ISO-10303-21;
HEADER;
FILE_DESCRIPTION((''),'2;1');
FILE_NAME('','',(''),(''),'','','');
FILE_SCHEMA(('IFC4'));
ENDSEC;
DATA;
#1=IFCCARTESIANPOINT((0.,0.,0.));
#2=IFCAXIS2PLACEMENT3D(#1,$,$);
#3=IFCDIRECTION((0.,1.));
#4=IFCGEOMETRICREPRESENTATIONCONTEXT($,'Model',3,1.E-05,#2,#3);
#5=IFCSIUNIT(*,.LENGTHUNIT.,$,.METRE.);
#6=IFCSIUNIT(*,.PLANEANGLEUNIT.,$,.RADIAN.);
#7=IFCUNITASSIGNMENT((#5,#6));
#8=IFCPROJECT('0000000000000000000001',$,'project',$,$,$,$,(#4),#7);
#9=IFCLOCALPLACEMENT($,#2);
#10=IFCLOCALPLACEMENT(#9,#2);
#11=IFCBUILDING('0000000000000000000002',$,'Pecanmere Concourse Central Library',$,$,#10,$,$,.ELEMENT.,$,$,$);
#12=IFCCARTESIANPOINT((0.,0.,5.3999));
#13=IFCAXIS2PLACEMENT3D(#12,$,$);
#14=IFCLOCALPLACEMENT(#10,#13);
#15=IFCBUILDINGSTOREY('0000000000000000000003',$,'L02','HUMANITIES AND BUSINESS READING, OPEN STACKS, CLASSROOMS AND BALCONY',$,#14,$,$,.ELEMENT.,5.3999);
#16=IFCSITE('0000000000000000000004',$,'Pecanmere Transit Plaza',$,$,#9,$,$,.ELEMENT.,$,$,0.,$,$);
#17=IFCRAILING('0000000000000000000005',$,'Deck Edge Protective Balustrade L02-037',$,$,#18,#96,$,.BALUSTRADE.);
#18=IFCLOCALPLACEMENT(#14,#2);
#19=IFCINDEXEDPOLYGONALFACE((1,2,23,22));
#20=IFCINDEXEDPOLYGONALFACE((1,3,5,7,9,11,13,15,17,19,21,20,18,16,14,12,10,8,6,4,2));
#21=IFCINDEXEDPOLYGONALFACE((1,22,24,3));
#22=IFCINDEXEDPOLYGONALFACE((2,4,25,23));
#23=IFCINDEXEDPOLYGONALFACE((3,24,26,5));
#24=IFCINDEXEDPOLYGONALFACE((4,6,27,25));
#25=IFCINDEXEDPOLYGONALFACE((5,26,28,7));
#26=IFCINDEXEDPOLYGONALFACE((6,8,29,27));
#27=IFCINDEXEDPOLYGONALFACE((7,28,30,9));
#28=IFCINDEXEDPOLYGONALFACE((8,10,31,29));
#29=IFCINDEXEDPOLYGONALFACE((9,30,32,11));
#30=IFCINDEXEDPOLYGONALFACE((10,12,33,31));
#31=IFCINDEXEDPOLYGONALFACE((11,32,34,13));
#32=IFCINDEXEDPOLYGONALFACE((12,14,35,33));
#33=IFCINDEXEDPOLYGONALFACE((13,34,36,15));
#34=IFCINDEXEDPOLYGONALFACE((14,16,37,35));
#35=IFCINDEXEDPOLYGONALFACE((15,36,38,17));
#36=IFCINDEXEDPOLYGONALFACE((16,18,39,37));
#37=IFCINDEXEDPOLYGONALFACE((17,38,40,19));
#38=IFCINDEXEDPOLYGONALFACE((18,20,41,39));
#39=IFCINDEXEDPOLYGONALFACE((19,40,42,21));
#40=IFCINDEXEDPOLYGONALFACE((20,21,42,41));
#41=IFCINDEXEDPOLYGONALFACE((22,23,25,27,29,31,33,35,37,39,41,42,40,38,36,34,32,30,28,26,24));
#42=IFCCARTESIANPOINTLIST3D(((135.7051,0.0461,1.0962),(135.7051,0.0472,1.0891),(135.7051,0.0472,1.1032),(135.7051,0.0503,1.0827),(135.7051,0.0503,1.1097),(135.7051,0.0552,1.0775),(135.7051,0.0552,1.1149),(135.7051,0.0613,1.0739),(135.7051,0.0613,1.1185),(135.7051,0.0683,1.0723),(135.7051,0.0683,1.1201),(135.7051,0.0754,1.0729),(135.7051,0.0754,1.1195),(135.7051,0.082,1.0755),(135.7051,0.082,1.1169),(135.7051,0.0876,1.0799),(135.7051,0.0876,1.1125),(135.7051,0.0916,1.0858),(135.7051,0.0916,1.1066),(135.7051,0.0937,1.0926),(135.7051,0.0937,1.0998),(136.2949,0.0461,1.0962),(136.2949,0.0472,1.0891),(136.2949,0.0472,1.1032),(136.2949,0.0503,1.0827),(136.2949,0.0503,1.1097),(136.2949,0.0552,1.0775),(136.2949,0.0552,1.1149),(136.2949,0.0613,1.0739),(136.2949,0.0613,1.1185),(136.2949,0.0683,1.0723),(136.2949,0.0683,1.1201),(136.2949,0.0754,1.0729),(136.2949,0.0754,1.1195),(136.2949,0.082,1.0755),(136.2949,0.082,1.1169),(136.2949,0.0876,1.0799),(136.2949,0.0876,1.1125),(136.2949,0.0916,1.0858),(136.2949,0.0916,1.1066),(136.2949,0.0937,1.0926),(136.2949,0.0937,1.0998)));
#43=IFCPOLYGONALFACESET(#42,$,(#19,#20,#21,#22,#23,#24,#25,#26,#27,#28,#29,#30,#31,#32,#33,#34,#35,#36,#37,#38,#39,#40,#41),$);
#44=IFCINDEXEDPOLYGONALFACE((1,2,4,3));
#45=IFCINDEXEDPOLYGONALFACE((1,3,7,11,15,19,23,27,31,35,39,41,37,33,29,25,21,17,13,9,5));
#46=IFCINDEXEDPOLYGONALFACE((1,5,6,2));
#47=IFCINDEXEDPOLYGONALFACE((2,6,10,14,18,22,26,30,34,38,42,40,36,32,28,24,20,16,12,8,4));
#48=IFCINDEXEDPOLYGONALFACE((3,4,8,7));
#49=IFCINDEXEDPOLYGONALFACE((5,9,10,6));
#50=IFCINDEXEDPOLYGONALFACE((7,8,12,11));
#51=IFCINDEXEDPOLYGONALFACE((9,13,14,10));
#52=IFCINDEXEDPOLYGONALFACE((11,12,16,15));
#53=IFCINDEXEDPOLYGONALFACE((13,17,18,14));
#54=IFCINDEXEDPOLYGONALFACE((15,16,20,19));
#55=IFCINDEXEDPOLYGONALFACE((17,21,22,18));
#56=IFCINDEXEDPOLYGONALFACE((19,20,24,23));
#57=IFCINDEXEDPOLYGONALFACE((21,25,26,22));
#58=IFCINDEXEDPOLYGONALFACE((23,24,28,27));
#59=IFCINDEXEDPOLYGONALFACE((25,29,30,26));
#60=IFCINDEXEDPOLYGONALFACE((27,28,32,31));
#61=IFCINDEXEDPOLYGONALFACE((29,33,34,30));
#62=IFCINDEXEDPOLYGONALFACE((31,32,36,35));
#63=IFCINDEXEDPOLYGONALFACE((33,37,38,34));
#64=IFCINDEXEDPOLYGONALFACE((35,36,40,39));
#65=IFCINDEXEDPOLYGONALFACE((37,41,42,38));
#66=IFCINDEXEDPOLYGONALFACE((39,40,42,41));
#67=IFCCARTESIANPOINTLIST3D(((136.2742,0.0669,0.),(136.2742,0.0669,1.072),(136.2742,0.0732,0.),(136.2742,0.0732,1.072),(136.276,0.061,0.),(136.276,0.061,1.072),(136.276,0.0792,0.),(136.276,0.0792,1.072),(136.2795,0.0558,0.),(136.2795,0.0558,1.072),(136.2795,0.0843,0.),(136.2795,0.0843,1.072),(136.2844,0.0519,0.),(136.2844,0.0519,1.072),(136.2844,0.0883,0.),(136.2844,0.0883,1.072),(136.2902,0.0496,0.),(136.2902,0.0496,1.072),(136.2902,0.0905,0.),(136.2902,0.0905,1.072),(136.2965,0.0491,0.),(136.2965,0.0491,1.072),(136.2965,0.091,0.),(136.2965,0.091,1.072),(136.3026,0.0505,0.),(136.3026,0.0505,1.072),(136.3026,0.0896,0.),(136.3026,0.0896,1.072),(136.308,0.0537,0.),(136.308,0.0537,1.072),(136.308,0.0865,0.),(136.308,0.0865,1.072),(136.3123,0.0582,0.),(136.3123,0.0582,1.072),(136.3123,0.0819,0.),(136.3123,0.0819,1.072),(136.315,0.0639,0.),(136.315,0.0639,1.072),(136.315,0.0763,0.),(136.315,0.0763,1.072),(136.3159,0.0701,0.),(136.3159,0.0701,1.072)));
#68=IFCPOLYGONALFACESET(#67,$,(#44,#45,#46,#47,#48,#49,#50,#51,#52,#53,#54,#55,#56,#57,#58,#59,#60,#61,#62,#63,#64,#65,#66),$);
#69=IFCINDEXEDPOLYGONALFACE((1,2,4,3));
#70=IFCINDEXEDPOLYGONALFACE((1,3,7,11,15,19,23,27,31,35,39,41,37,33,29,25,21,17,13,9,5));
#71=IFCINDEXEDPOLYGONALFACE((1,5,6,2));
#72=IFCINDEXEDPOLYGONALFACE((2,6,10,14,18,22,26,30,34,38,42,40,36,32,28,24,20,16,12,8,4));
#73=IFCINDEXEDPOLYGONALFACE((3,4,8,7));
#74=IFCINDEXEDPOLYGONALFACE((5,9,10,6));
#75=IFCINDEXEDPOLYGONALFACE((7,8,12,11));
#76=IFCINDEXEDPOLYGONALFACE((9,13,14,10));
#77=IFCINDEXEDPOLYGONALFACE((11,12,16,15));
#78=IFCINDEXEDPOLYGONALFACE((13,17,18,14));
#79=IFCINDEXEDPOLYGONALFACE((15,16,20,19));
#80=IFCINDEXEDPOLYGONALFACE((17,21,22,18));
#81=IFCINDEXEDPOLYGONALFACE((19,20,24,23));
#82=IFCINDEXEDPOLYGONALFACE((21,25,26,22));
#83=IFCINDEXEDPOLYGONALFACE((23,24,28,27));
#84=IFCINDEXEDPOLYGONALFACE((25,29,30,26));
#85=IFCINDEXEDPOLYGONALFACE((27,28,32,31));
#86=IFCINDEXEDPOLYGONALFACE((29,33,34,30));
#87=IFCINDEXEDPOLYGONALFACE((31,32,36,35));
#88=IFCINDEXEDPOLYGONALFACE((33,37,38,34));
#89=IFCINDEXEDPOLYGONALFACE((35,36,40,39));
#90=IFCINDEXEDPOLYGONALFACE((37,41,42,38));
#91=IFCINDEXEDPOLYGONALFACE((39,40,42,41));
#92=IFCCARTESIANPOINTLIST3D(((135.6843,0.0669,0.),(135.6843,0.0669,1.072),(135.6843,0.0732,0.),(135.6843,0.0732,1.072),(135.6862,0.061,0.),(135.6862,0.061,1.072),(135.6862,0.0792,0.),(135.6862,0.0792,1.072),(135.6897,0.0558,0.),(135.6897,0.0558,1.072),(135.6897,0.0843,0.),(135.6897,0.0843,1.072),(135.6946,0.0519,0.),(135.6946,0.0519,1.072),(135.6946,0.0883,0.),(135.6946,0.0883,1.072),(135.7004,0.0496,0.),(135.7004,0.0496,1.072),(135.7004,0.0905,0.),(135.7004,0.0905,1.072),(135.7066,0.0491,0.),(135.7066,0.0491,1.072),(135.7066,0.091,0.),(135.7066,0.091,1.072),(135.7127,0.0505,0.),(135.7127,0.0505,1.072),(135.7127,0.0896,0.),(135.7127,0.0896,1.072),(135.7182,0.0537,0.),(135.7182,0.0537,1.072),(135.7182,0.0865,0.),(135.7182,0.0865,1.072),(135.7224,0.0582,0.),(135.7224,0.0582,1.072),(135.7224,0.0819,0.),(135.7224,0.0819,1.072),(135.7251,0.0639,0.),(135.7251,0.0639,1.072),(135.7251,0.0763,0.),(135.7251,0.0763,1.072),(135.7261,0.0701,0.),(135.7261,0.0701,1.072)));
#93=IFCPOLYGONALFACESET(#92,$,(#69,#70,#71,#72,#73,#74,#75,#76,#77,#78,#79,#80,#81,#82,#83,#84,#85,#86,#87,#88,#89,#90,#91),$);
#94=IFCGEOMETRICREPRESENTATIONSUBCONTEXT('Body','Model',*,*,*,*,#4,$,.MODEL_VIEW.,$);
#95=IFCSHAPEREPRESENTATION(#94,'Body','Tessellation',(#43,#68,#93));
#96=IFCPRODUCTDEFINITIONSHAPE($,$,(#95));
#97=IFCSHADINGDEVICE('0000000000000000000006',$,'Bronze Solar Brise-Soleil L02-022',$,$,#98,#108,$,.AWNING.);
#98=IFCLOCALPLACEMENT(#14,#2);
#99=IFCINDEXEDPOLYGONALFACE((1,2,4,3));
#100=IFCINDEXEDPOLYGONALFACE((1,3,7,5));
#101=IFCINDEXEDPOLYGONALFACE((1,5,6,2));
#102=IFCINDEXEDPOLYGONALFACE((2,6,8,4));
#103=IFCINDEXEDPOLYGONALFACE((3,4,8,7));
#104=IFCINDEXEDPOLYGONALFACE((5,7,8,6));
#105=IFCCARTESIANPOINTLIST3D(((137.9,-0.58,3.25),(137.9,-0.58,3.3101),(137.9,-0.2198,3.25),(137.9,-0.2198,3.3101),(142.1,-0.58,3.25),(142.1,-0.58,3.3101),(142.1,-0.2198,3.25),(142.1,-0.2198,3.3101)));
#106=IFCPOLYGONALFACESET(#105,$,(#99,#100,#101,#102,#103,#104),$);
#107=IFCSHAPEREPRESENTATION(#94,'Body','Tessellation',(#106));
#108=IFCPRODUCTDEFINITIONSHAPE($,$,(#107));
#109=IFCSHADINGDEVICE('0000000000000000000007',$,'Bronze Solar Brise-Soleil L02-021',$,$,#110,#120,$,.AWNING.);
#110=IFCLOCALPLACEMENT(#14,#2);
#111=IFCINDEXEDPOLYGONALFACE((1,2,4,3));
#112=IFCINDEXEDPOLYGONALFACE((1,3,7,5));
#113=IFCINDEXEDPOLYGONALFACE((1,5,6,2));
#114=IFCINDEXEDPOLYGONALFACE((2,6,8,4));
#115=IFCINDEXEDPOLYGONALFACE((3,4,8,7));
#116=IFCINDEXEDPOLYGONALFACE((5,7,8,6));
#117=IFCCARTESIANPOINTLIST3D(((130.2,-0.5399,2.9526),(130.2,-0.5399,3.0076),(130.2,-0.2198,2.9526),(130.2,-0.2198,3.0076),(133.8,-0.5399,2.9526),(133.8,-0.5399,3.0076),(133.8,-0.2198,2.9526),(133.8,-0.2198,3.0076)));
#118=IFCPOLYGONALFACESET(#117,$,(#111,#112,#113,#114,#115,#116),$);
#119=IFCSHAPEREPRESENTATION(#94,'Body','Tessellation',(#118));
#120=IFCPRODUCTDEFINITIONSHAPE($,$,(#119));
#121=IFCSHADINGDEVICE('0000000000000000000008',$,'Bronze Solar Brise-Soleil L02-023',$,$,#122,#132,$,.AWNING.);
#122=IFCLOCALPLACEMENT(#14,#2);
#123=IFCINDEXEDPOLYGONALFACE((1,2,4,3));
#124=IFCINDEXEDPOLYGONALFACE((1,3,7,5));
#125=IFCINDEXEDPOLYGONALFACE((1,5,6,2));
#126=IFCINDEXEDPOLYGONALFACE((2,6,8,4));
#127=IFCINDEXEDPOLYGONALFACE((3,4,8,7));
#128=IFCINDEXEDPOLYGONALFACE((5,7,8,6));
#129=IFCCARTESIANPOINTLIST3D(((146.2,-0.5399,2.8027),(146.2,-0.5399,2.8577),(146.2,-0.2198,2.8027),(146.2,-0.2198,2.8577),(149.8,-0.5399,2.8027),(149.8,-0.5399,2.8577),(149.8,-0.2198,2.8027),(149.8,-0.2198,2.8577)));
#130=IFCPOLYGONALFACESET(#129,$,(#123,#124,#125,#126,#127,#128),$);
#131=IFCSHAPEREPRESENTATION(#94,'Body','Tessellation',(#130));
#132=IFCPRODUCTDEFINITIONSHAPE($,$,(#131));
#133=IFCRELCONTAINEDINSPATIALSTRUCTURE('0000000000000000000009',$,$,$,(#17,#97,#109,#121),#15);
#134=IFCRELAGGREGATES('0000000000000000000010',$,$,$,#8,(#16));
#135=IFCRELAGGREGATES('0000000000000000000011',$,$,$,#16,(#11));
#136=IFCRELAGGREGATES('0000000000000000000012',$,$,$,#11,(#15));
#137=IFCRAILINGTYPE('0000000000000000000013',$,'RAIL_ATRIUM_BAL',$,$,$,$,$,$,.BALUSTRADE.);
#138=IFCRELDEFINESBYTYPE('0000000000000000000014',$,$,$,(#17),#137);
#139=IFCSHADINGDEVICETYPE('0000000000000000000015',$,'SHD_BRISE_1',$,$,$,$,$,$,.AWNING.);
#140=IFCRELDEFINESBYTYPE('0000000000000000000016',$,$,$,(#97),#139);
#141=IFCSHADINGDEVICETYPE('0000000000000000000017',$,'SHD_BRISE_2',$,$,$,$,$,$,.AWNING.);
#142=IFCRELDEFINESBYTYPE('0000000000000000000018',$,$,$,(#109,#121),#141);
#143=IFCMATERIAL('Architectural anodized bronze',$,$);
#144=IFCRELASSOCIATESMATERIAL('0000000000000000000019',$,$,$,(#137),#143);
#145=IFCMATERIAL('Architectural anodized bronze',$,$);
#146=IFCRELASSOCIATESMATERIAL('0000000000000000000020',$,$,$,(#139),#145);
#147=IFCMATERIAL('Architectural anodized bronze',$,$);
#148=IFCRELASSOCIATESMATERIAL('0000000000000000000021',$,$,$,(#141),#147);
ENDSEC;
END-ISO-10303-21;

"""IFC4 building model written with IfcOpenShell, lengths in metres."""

from ifc_helpers import new_model, si_unit, direction, frame, origin, origin_2d, place, context, subcontext, project, spatial, rectangle, circle, extrude, material, type_object, element, save


model = new_model("IFC4")

# Units and contexts
model_context = context("Model", 3, precision=1e-05, world=origin(), true_north=direction((0.0, 1.0)))
body_context = subcontext(model_context, "Body", "Model", "MODEL_VIEW")
ifc_project = project(units=[si_unit("LENGTHUNIT", "METRE"), si_unit("PLANEANGLEUNIT", "RADIAN")], contexts=[model_context])

# Site, building, storey
site_placement = place(None, origin())
site = spatial("IfcSite", under=ifc_project, at=site_placement, Name="Pecanmere Transit Plaza", CompositionType="ELEMENT", RefElevation=0.0)
building_placement = place(site_placement, origin())
building = spatial("IfcBuilding", under=site, at=building_placement, Name="Pecanmere Concourse Central Library", CompositionType="ELEMENT")
storey_placement = place(building_placement, frame((0.0, 0.0, 5.3999)))
storey = spatial("IfcBuildingStorey", under=building, at=storey_placement, Name="L02", Description="HUMANITIES AND BUSINESS READING, OPEN STACKS, CLASSROOMS AND BALCONY", CompositionType="ELEMENT", Elevation=5.3999)

# Railing
ifc_material_1 = material(Name="Architectural anodized bronze")
railing_type = type_object("IfcRailingType", Name="RAIL_ATRIUM_BAL", PredefinedType="BALUSTRADE", material=ifc_material_1)
for number, where, name in (
    (1, (136.2949, 0.0701, 0.0), "Deck Edge Protective Balustrade L02-037"),
):
    element("IfcRailing", number, at=place(storey_placement, frame(where)), inside=storey, type_object=railing_type, Name=name, PredefinedType="BALUSTRADE", context=body_context, shape_type="SweptSolid", body=[
        extrude(circle(Radius=0.0239, at=origin_2d()), frame((0.0, 0.0, 1.0962), z_axis=(-1.0, 0.0, 0.0), x_axis=(0.0, -1.0, 0.0)), (0.0, 0.0, 1.0), 0.5898),
        extrude(circle(Radius=0.021, at=origin_2d()), origin(), (0.0, 0.0, 1.0), 1.072),
        extrude(circle(Radius=0.021, at=origin_2d()), frame((-0.5898, 0.0, 0.0)), (0.0, 0.0, 1.0), 1.072),
    ])

# Shading devices
ifc_material_2 = material(Name="Architectural anodized bronze")
shading_device_type_1 = type_object("IfcShadingDeviceType", Name="SHD_BRISE_1", PredefinedType="AWNING", material=ifc_material_2)
shading_device_placement = place(storey_placement, frame((140.0, -0.3999, 3.25), z_axis=(0.0, 0.0, 1.0), x_axis=(1.0, 0.0, 0.0)))
element("IfcShadingDevice", 2, at=shading_device_placement, inside=storey, type_object=shading_device_type_1, Name="Bronze Solar Brise-Soleil L02-022", PredefinedType="AWNING", context=body_context, shape_type="SweptSolid", body=[
    extrude(rectangle(XDim=4.2, YDim=0.3601, at=origin_2d()), origin(), (0.0, 0.0, 1.0), 0.0601),
])
ifc_material_3 = material(Name="Architectural anodized bronze")
shading_device_type_2 = type_object("IfcShadingDeviceType", Name="SHD_BRISE_2", PredefinedType="AWNING", material=ifc_material_3)
for number, where, z_axis, x_axis, name in (
    (3, (132.0, -0.3799, 2.9526), (0.0, 0.0, 1.0), (1.0, 0.0, 0.0), "Bronze Solar Brise-Soleil L02-021"),
    (4, (148.0, -0.3799, 2.8027), (0.0, 0.0, 1.0), (1.0, 0.0, 0.0), "Bronze Solar Brise-Soleil L02-023"),
):
    element("IfcShadingDevice", number, at=place(storey_placement, frame(where, z_axis=z_axis, x_axis=x_axis)), inside=storey, type_object=shading_device_type_2, Name=name, PredefinedType="AWNING", context=body_context, shape_type="SweptSolid", body=[
        extrude(rectangle(XDim=3.6001, YDim=0.3201, at=origin_2d()), origin(), (0.0, 0.0, 1.0), 0.0549),
    ])

save(model, "model.ifc")
